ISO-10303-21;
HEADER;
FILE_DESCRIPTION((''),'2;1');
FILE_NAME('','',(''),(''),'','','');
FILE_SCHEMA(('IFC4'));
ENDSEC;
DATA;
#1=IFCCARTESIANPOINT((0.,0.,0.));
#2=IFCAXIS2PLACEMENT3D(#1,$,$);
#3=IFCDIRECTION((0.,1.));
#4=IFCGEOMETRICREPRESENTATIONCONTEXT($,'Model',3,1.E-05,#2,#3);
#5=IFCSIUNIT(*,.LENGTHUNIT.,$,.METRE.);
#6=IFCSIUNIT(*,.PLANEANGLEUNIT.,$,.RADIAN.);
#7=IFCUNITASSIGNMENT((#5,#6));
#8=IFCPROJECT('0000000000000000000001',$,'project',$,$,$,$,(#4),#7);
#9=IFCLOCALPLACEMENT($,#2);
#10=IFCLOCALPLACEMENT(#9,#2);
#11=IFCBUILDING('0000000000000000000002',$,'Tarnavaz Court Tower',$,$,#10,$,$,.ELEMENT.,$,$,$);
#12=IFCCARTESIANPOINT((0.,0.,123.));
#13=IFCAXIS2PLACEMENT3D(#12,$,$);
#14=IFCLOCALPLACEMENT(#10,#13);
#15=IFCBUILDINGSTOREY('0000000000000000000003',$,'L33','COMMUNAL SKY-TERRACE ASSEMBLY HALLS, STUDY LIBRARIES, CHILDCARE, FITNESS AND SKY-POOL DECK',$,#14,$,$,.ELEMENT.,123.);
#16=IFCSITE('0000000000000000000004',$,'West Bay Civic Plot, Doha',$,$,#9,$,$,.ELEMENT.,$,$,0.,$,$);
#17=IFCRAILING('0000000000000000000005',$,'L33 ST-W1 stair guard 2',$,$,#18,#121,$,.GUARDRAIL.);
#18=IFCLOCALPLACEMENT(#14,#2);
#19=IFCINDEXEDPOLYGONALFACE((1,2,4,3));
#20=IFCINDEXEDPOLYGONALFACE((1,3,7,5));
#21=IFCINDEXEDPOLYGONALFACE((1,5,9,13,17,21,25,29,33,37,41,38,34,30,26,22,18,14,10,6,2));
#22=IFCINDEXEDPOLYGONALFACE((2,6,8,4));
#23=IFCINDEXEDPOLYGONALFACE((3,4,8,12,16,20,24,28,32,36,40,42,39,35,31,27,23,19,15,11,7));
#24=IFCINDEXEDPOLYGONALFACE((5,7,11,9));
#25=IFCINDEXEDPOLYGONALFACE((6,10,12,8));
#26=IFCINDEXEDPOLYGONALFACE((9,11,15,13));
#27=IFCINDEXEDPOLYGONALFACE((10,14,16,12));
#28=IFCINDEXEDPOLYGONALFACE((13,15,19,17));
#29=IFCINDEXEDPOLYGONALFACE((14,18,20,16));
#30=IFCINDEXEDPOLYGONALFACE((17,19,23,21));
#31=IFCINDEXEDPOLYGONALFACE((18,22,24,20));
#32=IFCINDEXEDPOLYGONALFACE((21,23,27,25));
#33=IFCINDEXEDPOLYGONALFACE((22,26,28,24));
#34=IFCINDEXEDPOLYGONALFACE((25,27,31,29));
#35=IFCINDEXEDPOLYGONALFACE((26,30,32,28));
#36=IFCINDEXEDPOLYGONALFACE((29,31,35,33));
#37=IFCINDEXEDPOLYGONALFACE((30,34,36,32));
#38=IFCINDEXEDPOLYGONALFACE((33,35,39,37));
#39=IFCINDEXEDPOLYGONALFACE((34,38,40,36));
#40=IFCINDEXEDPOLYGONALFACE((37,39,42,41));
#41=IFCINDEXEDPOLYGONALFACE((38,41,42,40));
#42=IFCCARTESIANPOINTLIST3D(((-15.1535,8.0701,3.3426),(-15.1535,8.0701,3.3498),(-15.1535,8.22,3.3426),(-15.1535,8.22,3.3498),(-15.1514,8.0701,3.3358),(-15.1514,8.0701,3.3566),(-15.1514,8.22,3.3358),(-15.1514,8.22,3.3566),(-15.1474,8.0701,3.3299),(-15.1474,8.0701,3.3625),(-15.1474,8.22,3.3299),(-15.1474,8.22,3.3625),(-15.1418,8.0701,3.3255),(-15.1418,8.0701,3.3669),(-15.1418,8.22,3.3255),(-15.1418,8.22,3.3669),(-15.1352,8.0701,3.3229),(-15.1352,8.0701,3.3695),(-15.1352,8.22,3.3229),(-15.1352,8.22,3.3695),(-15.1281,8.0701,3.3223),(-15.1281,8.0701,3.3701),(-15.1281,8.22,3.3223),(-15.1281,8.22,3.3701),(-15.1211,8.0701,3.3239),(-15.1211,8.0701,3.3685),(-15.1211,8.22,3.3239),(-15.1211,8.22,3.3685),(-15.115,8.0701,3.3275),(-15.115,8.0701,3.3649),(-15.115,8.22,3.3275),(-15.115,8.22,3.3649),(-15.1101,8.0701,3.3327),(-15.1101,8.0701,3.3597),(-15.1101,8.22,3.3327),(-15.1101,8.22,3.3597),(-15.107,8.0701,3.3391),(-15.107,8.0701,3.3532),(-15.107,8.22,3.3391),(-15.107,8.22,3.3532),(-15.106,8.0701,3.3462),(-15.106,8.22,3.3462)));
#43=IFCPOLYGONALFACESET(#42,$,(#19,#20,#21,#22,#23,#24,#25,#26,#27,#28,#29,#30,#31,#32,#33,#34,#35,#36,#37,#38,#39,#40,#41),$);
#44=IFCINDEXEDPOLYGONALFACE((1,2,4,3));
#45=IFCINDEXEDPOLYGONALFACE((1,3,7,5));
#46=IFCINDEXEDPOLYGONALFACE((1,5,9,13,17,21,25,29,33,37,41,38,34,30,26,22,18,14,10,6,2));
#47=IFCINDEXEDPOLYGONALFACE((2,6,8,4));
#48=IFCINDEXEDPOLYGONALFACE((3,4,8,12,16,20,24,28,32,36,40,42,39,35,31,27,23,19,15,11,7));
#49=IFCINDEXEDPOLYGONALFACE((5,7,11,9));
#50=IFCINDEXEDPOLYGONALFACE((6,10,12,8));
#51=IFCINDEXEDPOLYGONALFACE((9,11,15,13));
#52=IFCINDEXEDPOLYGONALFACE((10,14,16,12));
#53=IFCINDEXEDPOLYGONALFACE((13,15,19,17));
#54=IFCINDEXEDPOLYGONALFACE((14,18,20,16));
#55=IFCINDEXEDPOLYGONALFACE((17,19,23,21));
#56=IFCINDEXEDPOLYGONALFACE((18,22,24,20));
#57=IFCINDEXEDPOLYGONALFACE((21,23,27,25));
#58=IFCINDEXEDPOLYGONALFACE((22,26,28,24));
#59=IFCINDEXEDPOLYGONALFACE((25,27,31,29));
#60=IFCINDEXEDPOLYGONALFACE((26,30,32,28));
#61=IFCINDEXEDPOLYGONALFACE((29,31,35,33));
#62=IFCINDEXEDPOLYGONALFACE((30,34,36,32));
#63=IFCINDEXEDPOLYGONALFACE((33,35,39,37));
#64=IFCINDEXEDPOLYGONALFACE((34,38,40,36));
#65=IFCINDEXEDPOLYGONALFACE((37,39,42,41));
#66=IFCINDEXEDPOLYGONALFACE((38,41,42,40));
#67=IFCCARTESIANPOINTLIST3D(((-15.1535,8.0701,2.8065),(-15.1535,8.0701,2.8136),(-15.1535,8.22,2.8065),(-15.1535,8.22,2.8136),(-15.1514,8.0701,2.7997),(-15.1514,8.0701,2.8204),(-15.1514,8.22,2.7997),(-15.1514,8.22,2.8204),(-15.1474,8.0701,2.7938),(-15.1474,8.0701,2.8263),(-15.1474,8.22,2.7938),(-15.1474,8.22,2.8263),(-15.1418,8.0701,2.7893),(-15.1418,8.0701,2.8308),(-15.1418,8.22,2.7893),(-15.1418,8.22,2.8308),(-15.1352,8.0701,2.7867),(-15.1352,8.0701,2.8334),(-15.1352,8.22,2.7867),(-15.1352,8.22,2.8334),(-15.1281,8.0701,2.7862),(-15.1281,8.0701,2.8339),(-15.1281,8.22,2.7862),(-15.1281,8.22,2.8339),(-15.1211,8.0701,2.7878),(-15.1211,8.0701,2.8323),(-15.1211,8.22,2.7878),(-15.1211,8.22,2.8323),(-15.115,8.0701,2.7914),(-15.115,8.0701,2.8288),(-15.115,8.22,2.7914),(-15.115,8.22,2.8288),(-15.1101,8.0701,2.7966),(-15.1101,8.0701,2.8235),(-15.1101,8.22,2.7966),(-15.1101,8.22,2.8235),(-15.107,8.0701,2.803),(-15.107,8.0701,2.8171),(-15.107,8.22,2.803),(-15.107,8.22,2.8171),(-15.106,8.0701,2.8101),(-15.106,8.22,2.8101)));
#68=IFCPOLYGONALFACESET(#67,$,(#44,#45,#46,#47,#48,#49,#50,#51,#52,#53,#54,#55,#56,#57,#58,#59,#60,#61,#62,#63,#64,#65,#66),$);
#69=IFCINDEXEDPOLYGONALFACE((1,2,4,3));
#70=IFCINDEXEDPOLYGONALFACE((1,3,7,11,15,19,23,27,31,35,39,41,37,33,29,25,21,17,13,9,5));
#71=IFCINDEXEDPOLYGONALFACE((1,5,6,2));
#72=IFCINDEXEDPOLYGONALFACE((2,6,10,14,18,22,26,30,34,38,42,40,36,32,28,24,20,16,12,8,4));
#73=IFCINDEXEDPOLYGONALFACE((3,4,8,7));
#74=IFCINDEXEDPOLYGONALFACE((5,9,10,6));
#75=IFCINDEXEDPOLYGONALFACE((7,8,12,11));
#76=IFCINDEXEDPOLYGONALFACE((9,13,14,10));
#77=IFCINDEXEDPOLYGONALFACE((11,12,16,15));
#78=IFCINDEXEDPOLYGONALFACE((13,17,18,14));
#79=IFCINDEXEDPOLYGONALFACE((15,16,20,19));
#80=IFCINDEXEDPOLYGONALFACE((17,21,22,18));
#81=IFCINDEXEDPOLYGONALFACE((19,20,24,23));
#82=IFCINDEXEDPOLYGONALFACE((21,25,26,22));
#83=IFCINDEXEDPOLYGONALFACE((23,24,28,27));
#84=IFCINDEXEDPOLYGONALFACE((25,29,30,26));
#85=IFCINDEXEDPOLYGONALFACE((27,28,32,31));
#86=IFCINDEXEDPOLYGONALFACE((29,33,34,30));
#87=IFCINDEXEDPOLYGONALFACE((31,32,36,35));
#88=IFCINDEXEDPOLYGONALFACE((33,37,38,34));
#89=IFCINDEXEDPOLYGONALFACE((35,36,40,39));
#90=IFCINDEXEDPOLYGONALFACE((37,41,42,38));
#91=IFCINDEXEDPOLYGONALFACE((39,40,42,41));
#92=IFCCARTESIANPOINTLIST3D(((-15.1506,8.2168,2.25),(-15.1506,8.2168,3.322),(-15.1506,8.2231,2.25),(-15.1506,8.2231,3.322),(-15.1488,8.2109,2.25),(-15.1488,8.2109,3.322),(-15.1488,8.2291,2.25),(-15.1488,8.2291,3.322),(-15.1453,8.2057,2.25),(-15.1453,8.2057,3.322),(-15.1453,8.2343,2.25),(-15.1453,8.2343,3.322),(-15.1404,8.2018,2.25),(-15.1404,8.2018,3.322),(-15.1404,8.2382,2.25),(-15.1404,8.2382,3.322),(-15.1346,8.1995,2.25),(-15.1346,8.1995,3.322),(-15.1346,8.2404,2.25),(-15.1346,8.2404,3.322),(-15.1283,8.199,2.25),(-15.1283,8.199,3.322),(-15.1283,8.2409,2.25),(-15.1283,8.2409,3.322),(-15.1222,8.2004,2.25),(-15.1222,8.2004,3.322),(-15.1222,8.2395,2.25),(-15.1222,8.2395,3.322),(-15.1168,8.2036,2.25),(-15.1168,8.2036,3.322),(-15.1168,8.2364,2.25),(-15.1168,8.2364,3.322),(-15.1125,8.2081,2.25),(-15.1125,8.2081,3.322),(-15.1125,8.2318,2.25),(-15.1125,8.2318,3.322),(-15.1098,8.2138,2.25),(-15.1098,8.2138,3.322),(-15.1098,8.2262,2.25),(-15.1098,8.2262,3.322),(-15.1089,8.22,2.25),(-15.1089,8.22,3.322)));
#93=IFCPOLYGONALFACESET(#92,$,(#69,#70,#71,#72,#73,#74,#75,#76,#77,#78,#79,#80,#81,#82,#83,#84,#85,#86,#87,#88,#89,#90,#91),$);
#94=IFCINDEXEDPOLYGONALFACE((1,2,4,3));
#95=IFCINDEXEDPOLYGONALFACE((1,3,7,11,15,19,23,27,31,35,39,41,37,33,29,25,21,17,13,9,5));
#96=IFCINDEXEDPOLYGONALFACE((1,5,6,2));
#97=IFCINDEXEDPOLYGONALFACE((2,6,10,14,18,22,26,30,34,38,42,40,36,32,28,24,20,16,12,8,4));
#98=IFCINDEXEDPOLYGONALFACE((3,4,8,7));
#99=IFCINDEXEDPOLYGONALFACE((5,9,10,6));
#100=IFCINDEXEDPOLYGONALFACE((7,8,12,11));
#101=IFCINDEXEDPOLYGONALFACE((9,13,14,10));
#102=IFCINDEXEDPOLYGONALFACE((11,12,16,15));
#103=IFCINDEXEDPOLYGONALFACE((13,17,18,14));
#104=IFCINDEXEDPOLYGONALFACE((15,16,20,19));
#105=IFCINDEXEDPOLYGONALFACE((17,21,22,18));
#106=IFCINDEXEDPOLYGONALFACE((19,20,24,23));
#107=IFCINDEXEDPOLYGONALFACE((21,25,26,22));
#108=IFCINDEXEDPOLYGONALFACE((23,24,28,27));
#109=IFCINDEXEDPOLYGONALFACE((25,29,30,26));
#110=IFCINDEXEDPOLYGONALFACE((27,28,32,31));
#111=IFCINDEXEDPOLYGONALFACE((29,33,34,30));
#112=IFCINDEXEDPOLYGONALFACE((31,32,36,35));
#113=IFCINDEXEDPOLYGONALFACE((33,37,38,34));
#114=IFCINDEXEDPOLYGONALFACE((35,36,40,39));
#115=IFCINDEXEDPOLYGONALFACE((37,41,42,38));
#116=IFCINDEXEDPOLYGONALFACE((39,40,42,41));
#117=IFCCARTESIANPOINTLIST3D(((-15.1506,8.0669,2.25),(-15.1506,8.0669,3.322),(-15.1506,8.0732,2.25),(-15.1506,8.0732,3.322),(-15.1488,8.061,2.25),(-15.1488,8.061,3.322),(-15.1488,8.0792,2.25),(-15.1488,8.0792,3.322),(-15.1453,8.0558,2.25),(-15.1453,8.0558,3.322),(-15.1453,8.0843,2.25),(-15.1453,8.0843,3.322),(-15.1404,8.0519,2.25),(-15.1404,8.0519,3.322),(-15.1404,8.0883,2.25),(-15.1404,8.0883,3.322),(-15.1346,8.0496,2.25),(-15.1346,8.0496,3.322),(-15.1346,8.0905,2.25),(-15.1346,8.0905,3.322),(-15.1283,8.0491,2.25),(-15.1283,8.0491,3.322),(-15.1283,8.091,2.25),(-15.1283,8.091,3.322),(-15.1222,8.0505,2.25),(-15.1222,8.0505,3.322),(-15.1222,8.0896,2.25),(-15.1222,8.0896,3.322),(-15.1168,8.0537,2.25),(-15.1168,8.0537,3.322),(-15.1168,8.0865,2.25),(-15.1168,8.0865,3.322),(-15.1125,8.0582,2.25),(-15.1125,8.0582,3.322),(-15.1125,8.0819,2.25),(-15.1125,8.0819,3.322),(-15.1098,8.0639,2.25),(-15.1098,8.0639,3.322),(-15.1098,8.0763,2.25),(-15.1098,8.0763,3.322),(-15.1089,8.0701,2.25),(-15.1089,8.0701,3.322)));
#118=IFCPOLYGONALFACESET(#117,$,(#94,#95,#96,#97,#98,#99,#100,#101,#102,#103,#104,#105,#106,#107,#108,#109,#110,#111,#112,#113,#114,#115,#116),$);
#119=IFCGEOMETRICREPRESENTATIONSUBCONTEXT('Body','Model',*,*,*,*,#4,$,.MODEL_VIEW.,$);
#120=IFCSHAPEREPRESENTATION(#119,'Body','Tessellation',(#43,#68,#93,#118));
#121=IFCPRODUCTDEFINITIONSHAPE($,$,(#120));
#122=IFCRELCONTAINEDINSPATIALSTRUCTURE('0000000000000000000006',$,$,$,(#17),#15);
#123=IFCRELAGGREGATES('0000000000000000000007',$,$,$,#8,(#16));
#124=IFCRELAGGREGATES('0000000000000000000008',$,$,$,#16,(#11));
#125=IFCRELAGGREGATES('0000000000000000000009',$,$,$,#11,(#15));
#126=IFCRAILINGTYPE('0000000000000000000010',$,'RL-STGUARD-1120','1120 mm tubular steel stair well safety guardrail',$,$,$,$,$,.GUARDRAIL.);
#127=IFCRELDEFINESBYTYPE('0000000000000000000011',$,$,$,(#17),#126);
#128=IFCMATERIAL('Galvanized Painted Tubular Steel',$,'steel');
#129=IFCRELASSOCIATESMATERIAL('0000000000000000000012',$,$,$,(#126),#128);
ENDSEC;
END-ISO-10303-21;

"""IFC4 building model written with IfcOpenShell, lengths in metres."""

from ifc_helpers import new_model, si_unit, direction, frame, origin, origin_2d, place, context, subcontext, project, spatial, circle, extrude, material, type_object, element, save


model = new_model("IFC4")

# Units and contexts
model_context = context("Model", 3, precision=1e-05, world=origin(), true_north=direction((0.0, 1.0)))
body_context = subcontext(model_context, "Body", "Model", "MODEL_VIEW")
ifc_project = project(units=[si_unit("LENGTHUNIT", "METRE"), si_unit("PLANEANGLEUNIT", "RADIAN")], contexts=[model_context])

# Site, building, storey
site_placement = place(None, origin())
site = spatial("IfcSite", under=ifc_project, at=site_placement, Name="West Bay Civic Plot, Doha", CompositionType="ELEMENT", RefElevation=0.0)
building_placement = place(site_placement, origin())
building = spatial("IfcBuilding", under=site, at=building_placement, Name="Tarnavaz Court Tower", CompositionType="ELEMENT")
storey_placement = place(building_placement, frame((0.0, 0.0, 123.0)))
storey = spatial("IfcBuildingStorey", under=building, at=storey_placement, Name="L33", Description="COMMUNAL SKY-TERRACE ASSEMBLY HALLS, STUDY LIBRARIES, CHILDCARE, FITNESS AND SKY-POOL DECK", CompositionType="ELEMENT", Elevation=123.0)

# Railing
ifc_material_1 = material(Name="Galvanized Painted Tubular Steel", Category="steel")
railing_type_1 = type_object("IfcRailingType", Name="RL-STGUARD-1120", Description="1120 mm tubular steel stair well safety guardrail", PredefinedType="GUARDRAIL", material=ifc_material_1)
railing_1_placement = place(storey_placement, frame((-15.1299, 8.22, 2.25)))
element("IfcRailing", 1, at=railing_1_placement, inside=storey, type_object=railing_type_1, Name="L33 ST-W1 stair guard 2", PredefinedType="GUARDRAIL", context=body_context, shape_type="SweptSolid", body=[
    extrude(circle(Radius=0.0239, at=origin_2d()), frame((0.0, 0.0, 1.0962), z_axis=(0.0, -1.0, 0.0), x_axis=(1.0, 0.0, 0.0)), (0.0, 0.0, 1.0), 0.1499),
    extrude(circle(Radius=0.0239, at=origin_2d()), frame((0.0, 0.0, 0.5601), z_axis=(0.0, -1.0, 0.0), x_axis=(1.0, 0.0, 0.0)), (0.0, 0.0, 1.0), 0.1499),
    extrude(circle(Radius=0.021, at=origin_2d()), origin(), (0.0, 0.0, 1.0), 1.072),
    extrude(circle(Radius=0.021, at=origin_2d()), frame((0.0, -0.1499, 0.0)), (0.0, 0.0, 1.0), 1.072),
])

save(model, "model.ifc")
